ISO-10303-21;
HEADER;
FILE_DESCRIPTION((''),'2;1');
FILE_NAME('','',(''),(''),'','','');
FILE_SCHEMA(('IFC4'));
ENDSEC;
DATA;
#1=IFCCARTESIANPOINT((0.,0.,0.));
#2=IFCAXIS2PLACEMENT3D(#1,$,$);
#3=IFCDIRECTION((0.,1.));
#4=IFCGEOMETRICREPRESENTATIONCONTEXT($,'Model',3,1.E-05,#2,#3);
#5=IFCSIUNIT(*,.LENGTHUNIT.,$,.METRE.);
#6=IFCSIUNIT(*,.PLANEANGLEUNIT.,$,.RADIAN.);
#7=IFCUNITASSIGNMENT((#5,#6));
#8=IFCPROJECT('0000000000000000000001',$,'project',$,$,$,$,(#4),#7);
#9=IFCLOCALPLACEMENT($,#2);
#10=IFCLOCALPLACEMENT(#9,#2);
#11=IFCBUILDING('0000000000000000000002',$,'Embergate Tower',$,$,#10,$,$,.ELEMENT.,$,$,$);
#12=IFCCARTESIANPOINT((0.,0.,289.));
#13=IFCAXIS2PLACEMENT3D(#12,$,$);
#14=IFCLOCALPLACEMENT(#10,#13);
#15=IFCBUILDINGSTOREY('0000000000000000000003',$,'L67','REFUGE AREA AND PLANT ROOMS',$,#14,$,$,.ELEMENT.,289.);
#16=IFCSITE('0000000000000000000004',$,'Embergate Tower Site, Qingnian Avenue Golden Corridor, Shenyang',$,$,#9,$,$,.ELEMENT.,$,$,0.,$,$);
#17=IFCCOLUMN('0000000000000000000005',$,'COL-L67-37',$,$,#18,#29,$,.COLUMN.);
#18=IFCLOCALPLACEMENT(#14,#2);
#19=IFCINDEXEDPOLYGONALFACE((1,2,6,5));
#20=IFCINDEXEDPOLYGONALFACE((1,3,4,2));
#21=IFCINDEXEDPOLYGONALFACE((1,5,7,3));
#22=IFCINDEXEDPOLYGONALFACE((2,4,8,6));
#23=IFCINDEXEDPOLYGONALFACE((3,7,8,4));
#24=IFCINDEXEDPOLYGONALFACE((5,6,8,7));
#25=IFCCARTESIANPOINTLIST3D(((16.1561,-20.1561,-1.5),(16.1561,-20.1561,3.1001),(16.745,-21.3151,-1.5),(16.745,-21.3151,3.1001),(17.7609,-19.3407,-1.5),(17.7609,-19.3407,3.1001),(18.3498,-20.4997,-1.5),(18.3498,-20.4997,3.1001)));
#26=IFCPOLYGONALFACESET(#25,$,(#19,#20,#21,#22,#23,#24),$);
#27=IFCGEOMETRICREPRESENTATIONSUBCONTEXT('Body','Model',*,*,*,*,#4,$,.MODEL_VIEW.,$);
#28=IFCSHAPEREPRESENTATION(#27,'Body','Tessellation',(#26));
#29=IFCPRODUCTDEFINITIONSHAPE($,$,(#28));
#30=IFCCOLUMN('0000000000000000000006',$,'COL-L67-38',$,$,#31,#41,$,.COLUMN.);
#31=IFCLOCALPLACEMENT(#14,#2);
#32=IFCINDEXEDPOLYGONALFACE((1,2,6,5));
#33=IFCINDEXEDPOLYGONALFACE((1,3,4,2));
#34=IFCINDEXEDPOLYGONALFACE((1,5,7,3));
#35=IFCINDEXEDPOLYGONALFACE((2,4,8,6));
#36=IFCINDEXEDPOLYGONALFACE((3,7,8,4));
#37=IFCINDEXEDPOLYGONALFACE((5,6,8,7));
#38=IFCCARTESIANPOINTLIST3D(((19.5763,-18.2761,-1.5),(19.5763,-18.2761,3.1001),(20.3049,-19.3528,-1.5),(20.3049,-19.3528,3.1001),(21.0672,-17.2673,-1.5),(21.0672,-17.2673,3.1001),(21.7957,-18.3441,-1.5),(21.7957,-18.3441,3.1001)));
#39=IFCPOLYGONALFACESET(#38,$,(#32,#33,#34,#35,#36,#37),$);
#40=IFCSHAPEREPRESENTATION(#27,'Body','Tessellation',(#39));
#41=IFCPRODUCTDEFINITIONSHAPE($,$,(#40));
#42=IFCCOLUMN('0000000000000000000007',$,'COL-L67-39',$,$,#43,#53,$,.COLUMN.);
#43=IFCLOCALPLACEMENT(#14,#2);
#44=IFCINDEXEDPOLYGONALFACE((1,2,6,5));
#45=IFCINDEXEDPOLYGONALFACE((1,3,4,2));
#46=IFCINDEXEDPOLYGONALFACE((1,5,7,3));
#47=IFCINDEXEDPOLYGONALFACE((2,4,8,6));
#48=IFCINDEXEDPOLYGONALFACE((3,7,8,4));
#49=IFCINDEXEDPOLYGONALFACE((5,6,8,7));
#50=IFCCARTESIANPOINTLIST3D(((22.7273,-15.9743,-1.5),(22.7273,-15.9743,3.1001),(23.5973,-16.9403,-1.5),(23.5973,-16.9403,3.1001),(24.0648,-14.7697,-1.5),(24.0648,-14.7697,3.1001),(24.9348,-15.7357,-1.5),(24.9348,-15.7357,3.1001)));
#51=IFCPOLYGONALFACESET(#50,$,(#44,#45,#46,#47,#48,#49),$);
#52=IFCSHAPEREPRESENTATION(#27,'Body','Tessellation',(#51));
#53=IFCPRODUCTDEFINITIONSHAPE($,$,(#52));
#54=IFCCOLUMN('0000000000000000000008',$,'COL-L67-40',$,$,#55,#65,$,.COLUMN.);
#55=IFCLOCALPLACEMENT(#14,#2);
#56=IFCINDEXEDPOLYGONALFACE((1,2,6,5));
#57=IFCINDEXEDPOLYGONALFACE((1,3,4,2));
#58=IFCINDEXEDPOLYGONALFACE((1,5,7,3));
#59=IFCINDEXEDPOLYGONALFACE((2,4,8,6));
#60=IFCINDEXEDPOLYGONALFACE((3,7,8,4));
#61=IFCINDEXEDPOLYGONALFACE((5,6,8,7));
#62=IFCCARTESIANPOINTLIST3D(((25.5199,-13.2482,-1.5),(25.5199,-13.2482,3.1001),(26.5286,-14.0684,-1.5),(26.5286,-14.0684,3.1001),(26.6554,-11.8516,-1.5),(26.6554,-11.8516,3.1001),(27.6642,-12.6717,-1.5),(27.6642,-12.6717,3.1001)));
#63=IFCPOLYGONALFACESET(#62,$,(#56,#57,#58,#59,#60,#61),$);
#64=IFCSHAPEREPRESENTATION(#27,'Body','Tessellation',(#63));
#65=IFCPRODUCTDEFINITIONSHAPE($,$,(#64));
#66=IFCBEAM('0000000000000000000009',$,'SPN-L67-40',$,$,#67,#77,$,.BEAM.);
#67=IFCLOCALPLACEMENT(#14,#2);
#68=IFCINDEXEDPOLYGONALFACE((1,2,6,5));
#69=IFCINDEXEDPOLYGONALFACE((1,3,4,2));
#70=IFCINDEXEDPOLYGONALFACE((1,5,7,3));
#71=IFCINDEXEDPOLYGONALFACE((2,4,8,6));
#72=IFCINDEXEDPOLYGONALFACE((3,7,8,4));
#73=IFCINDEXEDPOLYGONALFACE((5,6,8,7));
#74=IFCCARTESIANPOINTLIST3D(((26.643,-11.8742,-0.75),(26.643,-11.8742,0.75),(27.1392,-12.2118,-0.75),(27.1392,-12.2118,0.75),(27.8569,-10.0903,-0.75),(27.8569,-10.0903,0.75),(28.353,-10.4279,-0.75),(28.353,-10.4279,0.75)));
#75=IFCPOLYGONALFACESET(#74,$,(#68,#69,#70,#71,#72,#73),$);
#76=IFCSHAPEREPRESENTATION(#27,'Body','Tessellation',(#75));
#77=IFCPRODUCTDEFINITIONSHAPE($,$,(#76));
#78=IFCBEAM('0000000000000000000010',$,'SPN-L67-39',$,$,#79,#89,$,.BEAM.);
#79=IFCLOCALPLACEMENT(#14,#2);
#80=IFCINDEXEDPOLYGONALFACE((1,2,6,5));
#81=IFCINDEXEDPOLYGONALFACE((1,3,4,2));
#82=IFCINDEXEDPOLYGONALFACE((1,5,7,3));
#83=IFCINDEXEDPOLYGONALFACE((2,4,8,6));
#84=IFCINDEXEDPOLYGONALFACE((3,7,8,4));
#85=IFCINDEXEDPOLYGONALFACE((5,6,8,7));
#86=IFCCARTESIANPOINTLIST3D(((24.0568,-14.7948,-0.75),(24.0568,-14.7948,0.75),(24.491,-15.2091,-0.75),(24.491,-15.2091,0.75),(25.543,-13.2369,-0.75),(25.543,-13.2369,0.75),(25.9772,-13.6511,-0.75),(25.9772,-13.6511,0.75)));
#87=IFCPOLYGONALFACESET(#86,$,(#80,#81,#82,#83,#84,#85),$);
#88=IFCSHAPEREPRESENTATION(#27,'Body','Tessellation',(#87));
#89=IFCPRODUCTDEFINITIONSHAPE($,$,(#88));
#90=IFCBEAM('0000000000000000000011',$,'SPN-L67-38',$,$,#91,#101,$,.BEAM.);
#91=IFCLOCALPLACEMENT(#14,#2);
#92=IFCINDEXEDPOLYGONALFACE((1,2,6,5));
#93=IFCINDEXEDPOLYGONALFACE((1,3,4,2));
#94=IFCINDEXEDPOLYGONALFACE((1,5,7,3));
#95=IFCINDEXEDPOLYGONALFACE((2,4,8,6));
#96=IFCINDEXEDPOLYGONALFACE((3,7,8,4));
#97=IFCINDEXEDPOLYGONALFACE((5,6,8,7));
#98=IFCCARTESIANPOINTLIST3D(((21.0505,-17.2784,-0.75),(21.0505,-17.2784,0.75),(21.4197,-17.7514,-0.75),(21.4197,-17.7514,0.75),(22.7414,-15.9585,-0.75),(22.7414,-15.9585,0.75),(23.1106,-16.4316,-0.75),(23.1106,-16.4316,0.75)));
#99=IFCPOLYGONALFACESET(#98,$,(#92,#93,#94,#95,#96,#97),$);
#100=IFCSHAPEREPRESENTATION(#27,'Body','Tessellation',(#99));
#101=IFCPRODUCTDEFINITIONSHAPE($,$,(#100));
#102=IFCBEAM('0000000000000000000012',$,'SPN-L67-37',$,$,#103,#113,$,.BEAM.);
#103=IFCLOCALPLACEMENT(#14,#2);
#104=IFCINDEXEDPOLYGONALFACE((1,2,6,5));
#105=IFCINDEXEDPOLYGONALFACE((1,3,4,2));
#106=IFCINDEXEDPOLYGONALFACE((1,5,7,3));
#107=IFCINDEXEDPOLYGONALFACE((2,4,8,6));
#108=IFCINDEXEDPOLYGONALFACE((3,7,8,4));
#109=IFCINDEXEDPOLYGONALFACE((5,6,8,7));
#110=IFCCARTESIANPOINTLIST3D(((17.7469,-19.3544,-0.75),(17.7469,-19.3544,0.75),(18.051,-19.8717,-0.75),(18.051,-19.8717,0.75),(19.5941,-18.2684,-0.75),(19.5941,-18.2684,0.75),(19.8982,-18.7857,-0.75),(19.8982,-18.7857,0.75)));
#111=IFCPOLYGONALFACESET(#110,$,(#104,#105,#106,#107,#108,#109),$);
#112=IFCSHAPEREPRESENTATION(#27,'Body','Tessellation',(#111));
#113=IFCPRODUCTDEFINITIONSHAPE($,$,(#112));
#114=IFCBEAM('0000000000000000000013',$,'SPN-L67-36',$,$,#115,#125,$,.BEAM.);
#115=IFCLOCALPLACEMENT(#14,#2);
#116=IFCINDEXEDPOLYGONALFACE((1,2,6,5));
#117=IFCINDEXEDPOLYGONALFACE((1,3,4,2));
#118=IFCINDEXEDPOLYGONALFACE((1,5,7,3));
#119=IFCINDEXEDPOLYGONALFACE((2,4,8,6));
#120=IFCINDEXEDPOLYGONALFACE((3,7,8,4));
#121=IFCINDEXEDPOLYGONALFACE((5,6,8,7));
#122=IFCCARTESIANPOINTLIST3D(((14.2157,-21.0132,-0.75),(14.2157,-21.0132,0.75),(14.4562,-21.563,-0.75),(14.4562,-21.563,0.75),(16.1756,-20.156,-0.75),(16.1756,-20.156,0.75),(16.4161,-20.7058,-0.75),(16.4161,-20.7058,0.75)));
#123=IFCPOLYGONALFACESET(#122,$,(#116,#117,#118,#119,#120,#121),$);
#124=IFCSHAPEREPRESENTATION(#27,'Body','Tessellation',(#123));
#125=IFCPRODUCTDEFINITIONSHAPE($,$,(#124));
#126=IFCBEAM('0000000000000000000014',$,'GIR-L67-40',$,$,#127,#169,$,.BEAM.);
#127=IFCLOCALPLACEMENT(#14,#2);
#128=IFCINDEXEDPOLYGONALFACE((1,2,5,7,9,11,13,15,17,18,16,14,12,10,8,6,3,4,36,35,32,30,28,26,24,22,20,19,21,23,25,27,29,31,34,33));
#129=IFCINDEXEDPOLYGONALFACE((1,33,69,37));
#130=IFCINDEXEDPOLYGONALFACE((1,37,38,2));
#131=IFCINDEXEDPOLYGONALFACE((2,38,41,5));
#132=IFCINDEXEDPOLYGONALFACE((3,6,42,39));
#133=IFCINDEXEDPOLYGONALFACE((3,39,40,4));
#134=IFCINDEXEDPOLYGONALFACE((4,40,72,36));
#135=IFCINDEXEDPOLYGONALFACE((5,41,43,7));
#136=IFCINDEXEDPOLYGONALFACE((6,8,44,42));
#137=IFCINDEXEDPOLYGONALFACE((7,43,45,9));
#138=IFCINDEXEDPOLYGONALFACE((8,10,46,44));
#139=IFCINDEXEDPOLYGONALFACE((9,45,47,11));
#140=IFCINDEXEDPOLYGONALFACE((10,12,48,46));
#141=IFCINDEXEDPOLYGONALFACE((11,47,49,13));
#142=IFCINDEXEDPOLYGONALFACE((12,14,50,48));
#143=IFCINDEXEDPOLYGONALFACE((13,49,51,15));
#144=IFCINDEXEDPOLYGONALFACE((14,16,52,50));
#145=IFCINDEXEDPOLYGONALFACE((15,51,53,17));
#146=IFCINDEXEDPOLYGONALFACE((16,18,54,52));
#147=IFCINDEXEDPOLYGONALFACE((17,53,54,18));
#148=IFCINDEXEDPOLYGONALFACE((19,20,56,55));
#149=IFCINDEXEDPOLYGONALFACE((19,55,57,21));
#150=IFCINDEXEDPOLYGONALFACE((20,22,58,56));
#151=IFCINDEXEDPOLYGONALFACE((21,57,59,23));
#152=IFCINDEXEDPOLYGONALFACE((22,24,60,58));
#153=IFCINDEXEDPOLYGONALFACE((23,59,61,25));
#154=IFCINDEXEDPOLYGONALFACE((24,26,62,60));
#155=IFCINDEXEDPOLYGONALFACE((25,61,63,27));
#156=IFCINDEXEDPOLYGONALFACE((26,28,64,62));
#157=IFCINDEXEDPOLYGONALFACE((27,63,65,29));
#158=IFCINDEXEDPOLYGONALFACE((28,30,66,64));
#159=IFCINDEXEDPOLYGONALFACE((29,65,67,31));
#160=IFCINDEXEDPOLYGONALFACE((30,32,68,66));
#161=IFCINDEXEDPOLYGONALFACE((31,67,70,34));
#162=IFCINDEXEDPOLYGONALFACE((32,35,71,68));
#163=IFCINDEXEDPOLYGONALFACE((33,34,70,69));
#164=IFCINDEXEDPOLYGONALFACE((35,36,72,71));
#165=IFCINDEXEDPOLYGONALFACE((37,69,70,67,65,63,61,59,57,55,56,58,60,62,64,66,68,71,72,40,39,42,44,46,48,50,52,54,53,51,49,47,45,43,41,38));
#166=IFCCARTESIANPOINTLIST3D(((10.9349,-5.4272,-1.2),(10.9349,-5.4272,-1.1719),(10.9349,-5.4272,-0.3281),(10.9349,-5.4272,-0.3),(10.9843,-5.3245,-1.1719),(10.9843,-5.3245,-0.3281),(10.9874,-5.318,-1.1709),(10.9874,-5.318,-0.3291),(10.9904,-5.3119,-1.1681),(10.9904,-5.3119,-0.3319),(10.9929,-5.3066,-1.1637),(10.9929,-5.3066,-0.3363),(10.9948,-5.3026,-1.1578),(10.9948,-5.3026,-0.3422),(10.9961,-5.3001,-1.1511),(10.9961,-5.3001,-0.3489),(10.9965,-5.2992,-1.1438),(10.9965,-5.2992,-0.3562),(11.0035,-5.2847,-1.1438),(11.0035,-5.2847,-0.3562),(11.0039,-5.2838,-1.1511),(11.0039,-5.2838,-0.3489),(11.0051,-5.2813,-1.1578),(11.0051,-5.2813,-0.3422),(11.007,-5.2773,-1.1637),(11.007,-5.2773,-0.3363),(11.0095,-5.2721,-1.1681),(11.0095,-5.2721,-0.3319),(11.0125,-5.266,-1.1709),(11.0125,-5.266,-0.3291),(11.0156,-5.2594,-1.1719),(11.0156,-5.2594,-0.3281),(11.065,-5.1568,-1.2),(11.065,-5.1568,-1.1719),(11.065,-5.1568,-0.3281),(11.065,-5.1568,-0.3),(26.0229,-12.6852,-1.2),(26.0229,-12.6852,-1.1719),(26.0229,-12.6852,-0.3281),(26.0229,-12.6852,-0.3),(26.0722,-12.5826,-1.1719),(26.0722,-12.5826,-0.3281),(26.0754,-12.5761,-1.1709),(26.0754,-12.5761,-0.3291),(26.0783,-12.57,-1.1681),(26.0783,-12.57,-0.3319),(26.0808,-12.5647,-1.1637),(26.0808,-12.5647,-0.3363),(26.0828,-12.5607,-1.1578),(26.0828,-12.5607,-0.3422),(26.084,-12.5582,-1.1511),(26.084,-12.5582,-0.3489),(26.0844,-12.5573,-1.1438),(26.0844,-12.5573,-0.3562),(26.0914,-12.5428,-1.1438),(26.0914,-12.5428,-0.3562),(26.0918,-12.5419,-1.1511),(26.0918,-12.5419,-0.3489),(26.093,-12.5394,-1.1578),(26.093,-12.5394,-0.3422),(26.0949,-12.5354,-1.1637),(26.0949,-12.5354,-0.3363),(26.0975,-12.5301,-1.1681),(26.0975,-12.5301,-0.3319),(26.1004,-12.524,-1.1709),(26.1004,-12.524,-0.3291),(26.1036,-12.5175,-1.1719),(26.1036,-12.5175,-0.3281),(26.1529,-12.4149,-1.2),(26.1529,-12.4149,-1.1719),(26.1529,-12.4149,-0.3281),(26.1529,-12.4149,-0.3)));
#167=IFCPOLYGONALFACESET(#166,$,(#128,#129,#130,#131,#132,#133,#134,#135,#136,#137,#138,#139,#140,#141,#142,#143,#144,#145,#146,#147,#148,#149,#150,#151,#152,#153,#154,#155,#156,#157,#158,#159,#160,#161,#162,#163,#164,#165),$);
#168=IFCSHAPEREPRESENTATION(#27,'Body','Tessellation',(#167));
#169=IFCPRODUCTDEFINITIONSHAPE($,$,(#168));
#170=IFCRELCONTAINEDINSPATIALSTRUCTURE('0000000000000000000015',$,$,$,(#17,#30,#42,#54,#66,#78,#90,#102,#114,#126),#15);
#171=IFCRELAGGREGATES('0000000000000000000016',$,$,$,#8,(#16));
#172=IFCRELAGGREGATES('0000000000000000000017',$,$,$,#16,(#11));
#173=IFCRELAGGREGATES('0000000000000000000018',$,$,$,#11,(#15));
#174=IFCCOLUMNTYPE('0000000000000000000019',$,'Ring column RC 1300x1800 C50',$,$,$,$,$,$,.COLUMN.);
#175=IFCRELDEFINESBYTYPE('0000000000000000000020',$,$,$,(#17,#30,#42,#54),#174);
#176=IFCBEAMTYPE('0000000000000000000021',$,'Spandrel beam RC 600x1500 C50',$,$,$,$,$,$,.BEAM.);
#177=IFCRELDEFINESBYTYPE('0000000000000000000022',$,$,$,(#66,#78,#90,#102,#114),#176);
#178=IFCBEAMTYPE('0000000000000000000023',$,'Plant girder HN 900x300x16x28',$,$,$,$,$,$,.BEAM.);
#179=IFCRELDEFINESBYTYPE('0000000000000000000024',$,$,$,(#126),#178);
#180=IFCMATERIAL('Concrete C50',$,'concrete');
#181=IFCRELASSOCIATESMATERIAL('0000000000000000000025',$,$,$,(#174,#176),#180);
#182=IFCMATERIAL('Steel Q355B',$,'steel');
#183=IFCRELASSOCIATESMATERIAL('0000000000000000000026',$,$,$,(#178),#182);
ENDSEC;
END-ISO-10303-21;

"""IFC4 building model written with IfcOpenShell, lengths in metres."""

from ifc_helpers import new_model, si_unit, direction, frame, origin, origin_2d, place, context, subcontext, project, spatial, rectangle, i_section, extrude, source, transform, mapped, material, material_profile, profile_set, type_object, element, save


model = new_model("IFC4")

# Units and contexts
model_context = context("Model", 3, precision=1e-05, world=origin(), true_north=direction((0.0, 1.0)))
body_context = subcontext(model_context, "Body", "Model", "MODEL_VIEW")
ifc_project = project(units=[si_unit("LENGTHUNIT", "METRE"), si_unit("PLANEANGLEUNIT", "RADIAN")], contexts=[model_context])

# Site, building, storey
site_placement = place(None, origin())
site = spatial("IfcSite", under=ifc_project, at=site_placement, Name="Embergate Tower Site, Qingnian Avenue Golden Corridor, Shenyang", CompositionType="ELEMENT", RefElevation=0.0)
building_placement = place(site_placement, origin())
building = spatial("IfcBuilding", under=site, at=building_placement, Name="Embergate Tower", CompositionType="ELEMENT")
storey_placement = place(building_placement, frame((0.0, 0.0, 289.0)))
storey = spatial("IfcBuildingStorey", under=building, at=storey_placement, Name="L67", Description="REFUGE AREA AND PLANT ROOMS", CompositionType="ELEMENT", Elevation=289.0)

# Columns
ifc_material_1 = material(Name="Concrete C50", Category="concrete")
ifc_material_profile_1 = material_profile(ifc_material_1, rectangle(XDim=1.3, YDim=1.8, at=origin_2d()), Name="RC 1300x1800")
ifc_profile_set_1 = profile_set([ifc_material_profile_1], Name="Concrete C50")
column_type = type_object("IfcColumnType", Name="Ring column RC 1300x1800 C50", PredefinedType="COLUMN", material=ifc_profile_set_1)
shared_shape_1 = source(origin(), body_context, "Body", "SweptSolid", [
    extrude(rectangle(XDim=1.3, YDim=1.8, at=origin_2d()), origin(), (0.0, 0.0, 1.0), 4.6001),
])
for number, where, z_axis, x_axis, name in (
    (1, (17.2529, -20.3279, -1.5), (0.0, 0.0, 1.0), (0.452995, -0.891513, 0.0), "COL-L67-37"),
    (2, (20.686, -18.3101, -1.5), (0.0, 0.0, 1.0), (0.560393, -0.828227, 0.0), "COL-L67-38"),
    (3, (23.8311, -15.855, -1.5), (0.0, 0.0, 1.0), (0.669208, -0.743075, 0.0), "COL-L67-39"),
    (4, (26.592, -12.96, -1.5), (0.0, 0.0, 1.0), (0.775914, -0.630838, 0.0), "COL-L67-40"),
):
    element("IfcColumn", number, at=place(storey_placement, frame(where, z_axis=z_axis, x_axis=x_axis)), inside=storey, type_object=column_type, Name=name, PredefinedType="COLUMN", context=body_context, shape_type="MappedRepresentation", body=[
        mapped(shared_shape_1, transform((0.0, 0.0, 0.0))),
    ])

# Beams
ifc_material_profile_2 = material_profile(ifc_material_1, rectangle(XDim=0.6001, YDim=1.5, at=origin_2d()), Name="RC 600x1500")
ifc_profile_set_2 = profile_set([ifc_material_profile_2], Name="Concrete C50")
beam_type_1 = type_object("IfcBeamType", Name="Spandrel beam RC 600x1500 C50", PredefinedType="BEAM", material=ifc_profile_set_2)
shared_shape_2 = source(origin(), body_context, "Body", "SweptSolid", [
    extrude(rectangle(XDim=0.6001, YDim=1.5, at=origin_2d()), origin(), (0.0, 0.0, 1.0), 2.1577),
])
beam_1_placement = place(storey_placement, frame((26.8911, -12.043, 0.0), z_axis=(0.562561, 0.826756, 0.0), x_axis=(-0.826756, 0.562561, 0.0)))
element("IfcBeam", 5, at=beam_1_placement, inside=storey, type_object=beam_type_1, Name="SPN-L67-40", PredefinedType="BEAM", context=body_context, shape_type="MappedRepresentation", body=[
    mapped(shared_shape_2, transform((0.0, 0.0, 0.0))),
])
shared_shape_3 = source(origin(), body_context, "Body", "SweptSolid", [
    extrude(rectangle(XDim=0.6001, YDim=1.5, at=origin_2d()), origin(), (0.0, 0.0, 1.0), 2.1531),
])
beam_2_placement = place(storey_placement, frame((24.2739, -15.002, 0.0), z_axis=(0.690241, 0.723579, 0.0), x_axis=(-0.723579, 0.690241, 0.0)))
element("IfcBeam", 6, at=beam_2_placement, inside=storey, type_object=beam_type_1, Name="SPN-L67-39", PredefinedType="BEAM", context=body_context, shape_type="MappedRepresentation", body=[
    mapped(shared_shape_3, transform((0.0, 0.0, 0.0))),
])
shared_shape_4 = source(origin(), body_context, "Body", "SweptSolid", [
    extrude(rectangle(XDim=0.6001, YDim=1.5, at=origin_2d()), origin(), (0.0, 0.0, 1.0), 2.145),
])
beam_3_placement = place(storey_placement, frame((21.2351, -17.5149, 0.0), z_axis=(0.788297, 0.615295, 0.0), x_axis=(-0.615295, 0.788297, 0.0)))
element("IfcBeam", 7, at=beam_3_placement, inside=storey, type_object=beam_type_1, Name="SPN-L67-38", PredefinedType="BEAM", context=body_context, shape_type="MappedRepresentation", body=[
    mapped(shared_shape_4, transform((0.0, 0.0, 0.0))),
])
shared_shape_5 = source(origin(), body_context, "Body", "SweptSolid", [
    extrude(rectangle(XDim=0.6001, YDim=1.5, at=origin_2d()), origin(), (0.0, 0.0, 1.0), 2.1428),
])
beam_4_placement = place(storey_placement, frame((17.8989, -19.613, 0.0), z_axis=(0.862063, 0.506801, 0.0), x_axis=(-0.506801, 0.862063, 0.0)))
element("IfcBeam", 8, at=beam_4_placement, inside=storey, type_object=beam_type_1, Name="SPN-L67-37", PredefinedType="BEAM", context=body_context, shape_type="MappedRepresentation", body=[
    mapped(shared_shape_5, transform((0.0, 0.0, 0.0))),
])
shared_shape_6 = source(origin(), body_context, "Body", "SweptSolid", [
    extrude(rectangle(XDim=0.6001, YDim=1.5, at=origin_2d()), origin(), (0.0, 0.0, 1.0), 2.1392),
])
beam_5_placement = place(storey_placement, frame((14.3359, -21.2881, 0.0), z_axis=(0.91621, 0.400699, 0.0), x_axis=(-0.400699, 0.91621, 0.0)))
element("IfcBeam", 9, at=beam_5_placement, inside=storey, type_object=beam_type_1, Name="SPN-L67-36", PredefinedType="BEAM", context=body_context, shape_type="MappedRepresentation", body=[
    mapped(shared_shape_6, transform((0.0, 0.0, 0.0))),
])
ifc_material_2 = material(Name="Steel Q355B", Category="steel")
ifc_material_profile_3 = material_profile(ifc_material_2, i_section(OverallWidth=0.3, OverallDepth=0.8999, WebThickness=0.0161, FlangeThickness=0.0281, FilletRadius=0.0281, at=origin_2d()), Name="HN 900x300x16x28")
ifc_profile_set_3 = profile_set([ifc_material_profile_3], Name="Steel Q355 grade B")
beam_type_2 = type_object("IfcBeamType", Name="Plant girder HN 900x300x16x28", PredefinedType="BEAM", material=ifc_profile_set_3)
shared_shape_7 = source(origin(), body_context, "Body", "SweptSolid", [
    extrude(i_section(OverallWidth=0.3, OverallDepth=0.8999, WebThickness=0.0161, FlangeThickness=0.0281, FilletRadius=0.0281, at=origin_2d()), origin(), (0.0, 0.0, 1.0), 16.7429),
])
beam_6_placement = place(storey_placement, frame((26.0879, -12.55, -0.75), z_axis=(-0.901153, 0.433501, 0.0), x_axis=(-0.433501, -0.901153, 0.0)))
element("IfcBeam", 10, at=beam_6_placement, inside=storey, type_object=beam_type_2, Name="GIR-L67-40", PredefinedType="BEAM", context=body_context, shape_type="MappedRepresentation", body=[
    mapped(shared_shape_7, transform((0.0, 0.0, 0.0))),
])

save(model, "model.ifc")
